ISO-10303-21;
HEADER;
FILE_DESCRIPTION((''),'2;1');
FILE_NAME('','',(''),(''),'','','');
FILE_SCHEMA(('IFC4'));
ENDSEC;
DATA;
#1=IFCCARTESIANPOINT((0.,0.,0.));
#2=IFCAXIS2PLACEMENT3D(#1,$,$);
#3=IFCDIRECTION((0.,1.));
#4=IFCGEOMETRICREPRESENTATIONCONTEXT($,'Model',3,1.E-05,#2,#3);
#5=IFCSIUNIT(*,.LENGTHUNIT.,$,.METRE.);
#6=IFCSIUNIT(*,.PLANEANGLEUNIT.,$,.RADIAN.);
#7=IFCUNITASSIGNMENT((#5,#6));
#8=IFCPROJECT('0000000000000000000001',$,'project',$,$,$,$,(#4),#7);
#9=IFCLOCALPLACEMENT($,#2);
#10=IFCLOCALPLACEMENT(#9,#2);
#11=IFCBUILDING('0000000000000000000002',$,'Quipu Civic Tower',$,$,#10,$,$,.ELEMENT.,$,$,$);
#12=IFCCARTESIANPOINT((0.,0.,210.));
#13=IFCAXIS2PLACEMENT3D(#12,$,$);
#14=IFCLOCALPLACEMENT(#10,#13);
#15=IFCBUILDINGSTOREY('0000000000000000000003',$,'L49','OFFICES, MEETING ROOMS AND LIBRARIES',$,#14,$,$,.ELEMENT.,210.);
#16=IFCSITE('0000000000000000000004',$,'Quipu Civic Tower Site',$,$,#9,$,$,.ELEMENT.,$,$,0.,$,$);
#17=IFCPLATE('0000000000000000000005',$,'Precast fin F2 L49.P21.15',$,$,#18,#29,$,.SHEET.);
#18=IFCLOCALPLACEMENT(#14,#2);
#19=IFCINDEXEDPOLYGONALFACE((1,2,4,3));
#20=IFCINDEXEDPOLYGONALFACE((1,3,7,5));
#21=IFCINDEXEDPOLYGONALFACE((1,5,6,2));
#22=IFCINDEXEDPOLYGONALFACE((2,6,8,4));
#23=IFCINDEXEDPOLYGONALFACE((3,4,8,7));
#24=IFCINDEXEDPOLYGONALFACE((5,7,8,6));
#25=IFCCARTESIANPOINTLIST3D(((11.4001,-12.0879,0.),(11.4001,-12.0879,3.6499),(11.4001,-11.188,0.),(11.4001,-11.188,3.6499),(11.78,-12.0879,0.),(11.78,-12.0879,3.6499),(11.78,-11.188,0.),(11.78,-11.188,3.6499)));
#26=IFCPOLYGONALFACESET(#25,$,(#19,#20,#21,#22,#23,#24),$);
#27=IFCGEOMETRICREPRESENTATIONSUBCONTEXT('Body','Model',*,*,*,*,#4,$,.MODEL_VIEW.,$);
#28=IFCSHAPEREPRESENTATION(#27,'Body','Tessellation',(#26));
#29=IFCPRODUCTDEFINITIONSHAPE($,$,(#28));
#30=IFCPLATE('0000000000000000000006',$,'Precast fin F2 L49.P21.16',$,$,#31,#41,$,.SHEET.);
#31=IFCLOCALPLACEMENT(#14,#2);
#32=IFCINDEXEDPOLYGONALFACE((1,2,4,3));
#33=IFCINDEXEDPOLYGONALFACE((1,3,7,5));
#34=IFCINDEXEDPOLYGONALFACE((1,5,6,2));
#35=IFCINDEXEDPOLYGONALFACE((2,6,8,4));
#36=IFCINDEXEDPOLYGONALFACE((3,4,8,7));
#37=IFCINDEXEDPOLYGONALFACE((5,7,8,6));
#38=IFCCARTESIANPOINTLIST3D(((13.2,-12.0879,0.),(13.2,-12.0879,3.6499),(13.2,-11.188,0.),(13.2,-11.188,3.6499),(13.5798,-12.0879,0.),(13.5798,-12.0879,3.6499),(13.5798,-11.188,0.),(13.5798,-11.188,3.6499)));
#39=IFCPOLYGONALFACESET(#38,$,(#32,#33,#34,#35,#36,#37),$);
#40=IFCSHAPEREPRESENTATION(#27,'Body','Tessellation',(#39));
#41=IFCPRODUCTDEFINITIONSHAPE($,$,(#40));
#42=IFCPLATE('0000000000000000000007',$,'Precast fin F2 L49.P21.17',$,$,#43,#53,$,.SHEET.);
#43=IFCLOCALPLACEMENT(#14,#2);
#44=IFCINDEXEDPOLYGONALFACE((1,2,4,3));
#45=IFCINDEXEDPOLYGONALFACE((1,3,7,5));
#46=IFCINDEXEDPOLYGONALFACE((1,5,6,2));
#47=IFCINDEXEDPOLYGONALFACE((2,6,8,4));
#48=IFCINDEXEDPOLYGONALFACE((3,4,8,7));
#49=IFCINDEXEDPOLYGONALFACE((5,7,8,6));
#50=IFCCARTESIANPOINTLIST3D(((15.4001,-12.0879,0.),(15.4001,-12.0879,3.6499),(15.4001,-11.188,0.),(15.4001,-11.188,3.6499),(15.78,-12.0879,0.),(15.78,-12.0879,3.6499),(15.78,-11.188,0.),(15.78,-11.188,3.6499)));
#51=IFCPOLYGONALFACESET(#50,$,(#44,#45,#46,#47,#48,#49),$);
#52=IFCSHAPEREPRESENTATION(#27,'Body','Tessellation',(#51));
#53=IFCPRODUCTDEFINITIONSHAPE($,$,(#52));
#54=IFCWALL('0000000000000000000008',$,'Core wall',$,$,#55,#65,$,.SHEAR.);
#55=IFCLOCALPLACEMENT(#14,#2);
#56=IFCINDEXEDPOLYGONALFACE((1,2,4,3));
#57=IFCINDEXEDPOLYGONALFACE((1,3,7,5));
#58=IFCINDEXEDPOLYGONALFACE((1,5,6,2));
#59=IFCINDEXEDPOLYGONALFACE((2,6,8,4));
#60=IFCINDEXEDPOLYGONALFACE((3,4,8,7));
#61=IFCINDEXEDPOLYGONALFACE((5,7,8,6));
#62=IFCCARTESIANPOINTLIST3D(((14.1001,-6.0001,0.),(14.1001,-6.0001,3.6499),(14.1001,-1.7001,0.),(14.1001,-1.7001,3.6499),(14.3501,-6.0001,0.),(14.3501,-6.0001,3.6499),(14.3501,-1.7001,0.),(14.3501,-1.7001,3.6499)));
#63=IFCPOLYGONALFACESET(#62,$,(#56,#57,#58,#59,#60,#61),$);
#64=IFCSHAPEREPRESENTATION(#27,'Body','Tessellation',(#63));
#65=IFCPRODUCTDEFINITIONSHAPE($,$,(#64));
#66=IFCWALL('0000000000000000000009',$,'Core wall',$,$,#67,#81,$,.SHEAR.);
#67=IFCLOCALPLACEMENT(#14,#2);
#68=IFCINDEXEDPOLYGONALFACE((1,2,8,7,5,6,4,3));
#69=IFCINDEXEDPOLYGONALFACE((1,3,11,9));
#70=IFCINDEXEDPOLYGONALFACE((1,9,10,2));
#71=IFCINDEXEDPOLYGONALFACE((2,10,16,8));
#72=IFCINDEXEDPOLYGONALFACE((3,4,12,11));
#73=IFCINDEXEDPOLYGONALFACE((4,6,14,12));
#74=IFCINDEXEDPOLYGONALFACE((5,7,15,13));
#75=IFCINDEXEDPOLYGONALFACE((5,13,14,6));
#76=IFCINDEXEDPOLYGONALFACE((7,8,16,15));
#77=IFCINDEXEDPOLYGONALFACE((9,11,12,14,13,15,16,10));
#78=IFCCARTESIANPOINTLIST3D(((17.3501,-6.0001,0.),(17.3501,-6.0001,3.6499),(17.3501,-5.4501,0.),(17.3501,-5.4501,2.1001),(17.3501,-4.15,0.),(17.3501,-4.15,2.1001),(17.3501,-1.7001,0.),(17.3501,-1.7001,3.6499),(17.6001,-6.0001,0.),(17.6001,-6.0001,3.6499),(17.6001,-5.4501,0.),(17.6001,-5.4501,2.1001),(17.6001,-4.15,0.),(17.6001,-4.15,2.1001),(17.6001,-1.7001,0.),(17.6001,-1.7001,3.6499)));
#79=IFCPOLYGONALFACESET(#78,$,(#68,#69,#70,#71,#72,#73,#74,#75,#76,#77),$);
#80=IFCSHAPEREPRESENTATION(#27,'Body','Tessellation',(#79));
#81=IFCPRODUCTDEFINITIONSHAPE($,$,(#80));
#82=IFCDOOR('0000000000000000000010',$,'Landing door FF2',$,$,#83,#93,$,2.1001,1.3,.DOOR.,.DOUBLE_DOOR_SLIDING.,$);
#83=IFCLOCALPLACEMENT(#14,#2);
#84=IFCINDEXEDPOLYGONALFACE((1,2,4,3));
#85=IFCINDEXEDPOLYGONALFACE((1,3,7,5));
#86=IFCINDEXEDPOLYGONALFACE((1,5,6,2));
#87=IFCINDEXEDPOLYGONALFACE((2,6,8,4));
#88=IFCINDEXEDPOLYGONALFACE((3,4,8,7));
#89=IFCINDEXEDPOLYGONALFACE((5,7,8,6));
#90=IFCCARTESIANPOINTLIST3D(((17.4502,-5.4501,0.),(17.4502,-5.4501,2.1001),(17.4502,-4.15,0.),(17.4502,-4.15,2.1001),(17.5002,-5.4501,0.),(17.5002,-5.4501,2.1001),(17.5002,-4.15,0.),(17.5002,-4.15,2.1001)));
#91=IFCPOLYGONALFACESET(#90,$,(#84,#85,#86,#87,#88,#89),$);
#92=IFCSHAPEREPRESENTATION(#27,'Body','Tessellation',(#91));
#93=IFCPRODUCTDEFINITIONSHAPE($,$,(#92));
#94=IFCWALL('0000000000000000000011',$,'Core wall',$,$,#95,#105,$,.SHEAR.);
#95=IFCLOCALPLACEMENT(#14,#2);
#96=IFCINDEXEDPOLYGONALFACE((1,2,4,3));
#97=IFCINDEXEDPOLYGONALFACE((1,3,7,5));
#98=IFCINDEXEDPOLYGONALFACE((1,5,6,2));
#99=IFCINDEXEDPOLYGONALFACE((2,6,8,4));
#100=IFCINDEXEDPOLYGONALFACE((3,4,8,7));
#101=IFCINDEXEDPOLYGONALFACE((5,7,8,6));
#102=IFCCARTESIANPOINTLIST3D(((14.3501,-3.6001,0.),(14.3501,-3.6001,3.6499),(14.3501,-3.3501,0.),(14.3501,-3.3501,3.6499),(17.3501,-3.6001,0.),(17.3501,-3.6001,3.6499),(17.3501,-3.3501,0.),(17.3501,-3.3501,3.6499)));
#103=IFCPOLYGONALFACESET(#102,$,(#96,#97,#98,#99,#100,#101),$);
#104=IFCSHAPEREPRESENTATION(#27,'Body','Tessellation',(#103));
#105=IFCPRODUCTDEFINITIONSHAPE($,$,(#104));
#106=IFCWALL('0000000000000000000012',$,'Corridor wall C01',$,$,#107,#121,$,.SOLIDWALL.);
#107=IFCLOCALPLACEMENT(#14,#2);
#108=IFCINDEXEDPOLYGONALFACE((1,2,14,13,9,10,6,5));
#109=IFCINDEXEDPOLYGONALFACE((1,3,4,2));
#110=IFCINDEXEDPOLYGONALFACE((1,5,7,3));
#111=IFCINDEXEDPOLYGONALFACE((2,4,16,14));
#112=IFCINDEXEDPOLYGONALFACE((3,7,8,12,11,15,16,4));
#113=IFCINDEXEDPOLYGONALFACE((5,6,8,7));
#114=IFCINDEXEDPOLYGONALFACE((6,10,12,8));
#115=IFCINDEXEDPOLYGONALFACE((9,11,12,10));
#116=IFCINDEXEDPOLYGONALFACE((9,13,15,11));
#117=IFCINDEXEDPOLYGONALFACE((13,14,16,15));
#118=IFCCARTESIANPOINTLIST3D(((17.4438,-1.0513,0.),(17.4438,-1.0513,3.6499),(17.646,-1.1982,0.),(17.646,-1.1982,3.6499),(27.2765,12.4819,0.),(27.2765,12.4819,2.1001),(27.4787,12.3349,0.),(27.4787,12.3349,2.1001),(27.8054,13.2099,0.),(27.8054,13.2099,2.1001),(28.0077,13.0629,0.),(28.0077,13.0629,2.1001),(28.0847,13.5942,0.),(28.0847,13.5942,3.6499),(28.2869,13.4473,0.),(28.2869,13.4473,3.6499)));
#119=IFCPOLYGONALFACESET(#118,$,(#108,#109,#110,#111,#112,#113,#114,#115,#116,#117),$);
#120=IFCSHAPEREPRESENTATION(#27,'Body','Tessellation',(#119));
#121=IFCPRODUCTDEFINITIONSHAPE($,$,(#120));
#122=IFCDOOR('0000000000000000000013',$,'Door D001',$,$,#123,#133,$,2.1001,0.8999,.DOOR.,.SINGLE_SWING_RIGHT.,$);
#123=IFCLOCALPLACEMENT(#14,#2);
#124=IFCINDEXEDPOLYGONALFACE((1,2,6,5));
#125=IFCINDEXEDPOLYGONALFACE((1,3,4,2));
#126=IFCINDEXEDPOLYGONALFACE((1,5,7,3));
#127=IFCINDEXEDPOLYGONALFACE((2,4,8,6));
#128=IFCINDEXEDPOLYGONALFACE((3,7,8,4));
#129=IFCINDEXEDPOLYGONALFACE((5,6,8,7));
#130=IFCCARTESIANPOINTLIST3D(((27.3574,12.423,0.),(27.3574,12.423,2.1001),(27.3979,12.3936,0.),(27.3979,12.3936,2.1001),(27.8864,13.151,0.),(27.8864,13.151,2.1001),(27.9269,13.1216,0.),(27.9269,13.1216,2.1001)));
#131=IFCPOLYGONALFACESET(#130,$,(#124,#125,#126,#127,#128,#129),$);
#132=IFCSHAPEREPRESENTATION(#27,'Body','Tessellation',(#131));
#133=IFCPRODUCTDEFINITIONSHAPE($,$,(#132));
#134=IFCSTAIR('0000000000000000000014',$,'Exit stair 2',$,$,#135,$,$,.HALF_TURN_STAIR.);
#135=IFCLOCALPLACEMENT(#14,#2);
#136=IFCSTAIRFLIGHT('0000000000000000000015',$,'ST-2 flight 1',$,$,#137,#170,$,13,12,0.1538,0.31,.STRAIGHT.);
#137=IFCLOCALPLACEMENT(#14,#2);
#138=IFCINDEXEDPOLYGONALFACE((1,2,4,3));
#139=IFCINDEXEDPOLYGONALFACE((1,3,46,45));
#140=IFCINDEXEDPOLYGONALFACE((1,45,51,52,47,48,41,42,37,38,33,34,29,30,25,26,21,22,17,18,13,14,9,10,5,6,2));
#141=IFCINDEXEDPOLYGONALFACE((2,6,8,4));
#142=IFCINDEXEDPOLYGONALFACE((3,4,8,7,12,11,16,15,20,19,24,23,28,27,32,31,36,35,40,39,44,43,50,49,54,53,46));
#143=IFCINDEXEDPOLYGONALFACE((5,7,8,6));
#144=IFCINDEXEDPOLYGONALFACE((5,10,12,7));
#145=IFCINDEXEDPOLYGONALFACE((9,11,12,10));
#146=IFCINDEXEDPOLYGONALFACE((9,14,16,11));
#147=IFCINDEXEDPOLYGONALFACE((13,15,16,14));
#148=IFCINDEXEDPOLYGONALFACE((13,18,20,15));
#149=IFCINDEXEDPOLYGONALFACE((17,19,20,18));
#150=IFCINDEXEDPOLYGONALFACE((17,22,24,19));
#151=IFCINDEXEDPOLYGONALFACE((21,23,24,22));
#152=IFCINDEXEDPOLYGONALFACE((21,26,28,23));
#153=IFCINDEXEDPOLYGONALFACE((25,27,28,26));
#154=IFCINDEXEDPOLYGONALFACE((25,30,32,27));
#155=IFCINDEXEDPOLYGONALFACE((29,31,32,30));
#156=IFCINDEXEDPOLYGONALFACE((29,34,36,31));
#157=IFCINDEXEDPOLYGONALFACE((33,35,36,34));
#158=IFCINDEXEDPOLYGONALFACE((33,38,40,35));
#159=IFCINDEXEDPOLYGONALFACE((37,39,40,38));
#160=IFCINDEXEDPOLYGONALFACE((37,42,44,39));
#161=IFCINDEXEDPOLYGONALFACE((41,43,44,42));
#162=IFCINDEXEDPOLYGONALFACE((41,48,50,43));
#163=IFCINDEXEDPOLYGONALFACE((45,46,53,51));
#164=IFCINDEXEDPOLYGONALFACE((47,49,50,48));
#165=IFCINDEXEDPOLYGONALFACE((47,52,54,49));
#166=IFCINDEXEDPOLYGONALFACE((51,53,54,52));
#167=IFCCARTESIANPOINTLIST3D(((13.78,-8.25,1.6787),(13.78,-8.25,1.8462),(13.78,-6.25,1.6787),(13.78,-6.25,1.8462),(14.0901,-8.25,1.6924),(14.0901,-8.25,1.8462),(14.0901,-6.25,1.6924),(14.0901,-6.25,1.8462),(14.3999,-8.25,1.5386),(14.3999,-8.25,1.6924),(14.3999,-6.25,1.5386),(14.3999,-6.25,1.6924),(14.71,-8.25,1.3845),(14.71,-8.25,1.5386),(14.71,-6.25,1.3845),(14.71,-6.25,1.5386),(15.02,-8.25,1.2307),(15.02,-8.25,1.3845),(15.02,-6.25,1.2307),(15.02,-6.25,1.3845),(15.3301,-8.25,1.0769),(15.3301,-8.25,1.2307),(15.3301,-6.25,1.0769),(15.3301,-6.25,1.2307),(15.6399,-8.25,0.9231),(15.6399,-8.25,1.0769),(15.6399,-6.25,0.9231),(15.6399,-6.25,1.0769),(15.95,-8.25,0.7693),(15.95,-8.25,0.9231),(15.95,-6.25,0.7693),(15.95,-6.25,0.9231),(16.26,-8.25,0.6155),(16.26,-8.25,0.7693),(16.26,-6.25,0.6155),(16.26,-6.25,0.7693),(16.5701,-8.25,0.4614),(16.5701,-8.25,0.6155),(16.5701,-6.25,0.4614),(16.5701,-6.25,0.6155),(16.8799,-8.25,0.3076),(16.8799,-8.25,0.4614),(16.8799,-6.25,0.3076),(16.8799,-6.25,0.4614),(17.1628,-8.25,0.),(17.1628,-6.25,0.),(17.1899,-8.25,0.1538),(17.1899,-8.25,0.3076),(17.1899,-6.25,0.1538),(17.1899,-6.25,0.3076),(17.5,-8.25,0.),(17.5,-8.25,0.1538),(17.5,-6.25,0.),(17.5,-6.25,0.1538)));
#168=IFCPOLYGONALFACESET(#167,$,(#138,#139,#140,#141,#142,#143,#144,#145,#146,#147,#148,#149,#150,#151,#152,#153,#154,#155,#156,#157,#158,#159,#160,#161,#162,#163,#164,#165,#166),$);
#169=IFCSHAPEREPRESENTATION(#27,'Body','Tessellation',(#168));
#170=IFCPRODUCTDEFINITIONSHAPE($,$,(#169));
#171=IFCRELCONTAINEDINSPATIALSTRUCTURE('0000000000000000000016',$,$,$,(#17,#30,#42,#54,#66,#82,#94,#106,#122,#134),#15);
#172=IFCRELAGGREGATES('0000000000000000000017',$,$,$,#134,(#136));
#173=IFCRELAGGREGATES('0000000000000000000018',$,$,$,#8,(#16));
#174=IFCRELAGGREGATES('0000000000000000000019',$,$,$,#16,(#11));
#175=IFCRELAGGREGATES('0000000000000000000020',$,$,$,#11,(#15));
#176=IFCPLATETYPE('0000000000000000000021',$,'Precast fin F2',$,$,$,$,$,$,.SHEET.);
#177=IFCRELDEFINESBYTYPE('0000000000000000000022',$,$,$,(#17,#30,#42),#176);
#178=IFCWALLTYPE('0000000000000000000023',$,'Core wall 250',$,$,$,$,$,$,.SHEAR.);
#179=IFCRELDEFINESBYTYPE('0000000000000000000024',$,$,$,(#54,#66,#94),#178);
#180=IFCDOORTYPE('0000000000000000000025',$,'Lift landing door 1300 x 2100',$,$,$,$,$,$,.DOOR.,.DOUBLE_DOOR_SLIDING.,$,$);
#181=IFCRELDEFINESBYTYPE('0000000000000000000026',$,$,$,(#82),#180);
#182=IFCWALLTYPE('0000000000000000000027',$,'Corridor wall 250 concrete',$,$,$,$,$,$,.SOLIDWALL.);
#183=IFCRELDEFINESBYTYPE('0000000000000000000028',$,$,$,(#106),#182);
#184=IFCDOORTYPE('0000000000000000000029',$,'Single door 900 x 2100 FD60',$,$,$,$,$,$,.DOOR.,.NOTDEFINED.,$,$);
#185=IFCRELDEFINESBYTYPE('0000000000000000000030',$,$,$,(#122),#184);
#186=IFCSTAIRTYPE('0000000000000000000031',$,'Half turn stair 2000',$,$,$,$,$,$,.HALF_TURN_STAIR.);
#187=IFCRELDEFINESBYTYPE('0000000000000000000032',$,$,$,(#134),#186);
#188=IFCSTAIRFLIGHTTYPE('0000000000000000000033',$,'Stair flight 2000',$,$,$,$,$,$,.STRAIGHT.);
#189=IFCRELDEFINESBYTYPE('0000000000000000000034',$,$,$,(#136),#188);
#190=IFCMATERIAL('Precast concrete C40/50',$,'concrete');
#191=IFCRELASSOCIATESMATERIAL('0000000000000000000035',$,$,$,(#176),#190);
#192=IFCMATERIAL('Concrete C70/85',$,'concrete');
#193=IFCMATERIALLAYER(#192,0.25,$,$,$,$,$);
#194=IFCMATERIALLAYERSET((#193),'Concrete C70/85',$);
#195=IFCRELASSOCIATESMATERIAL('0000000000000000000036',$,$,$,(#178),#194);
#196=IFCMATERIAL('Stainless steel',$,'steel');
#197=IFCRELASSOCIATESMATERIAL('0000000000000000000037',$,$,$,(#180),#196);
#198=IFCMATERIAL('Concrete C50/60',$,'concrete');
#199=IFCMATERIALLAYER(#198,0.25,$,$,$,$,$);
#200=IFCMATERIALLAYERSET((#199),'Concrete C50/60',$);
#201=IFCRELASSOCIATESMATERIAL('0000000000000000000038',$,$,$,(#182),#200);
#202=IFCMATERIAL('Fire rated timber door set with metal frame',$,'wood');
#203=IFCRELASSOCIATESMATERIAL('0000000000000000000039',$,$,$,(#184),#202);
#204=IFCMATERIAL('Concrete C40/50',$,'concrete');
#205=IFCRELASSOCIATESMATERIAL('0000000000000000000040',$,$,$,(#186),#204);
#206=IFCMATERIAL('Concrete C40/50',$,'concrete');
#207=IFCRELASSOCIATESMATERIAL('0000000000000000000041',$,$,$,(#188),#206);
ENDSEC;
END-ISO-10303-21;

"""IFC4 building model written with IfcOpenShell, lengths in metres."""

from ifc_helpers import new_model, si_unit, direction, frame, frame_2d, origin, origin_2d, place, context, subcontext, project, spatial, polyline, rectangle, outline, extrude, material, layer, layer_set, type_object, element, fill, aggregate, save


model = new_model("IFC4")

# Units and contexts
model_context = context("Model", 3, precision=1e-05, world=origin(), true_north=direction((0.0, 1.0)))
body_context = subcontext(model_context, "Body", "Model", "MODEL_VIEW")
ifc_project = project(units=[si_unit("LENGTHUNIT", "METRE"), si_unit("PLANEANGLEUNIT", "RADIAN")], contexts=[model_context])

# Site, building, storey
site_placement = place(None, origin())
site = spatial("IfcSite", under=ifc_project, at=site_placement, Name="Quipu Civic Tower Site", CompositionType="ELEMENT", RefElevation=0.0)
building_placement = place(site_placement, origin())
building = spatial("IfcBuilding", under=site, at=building_placement, Name="Quipu Civic Tower", CompositionType="ELEMENT")
storey_placement = place(building_placement, frame((0.0, 0.0, 210.0)))
storey = spatial("IfcBuildingStorey", under=building, at=storey_placement, Name="L49", Description="OFFICES, MEETING ROOMS AND LIBRARIES", CompositionType="ELEMENT", Elevation=210.0)

# Plates
ifc_material_1 = material(Name="Precast concrete C40/50", Category="concrete")
plate_type = type_object("IfcPlateType", Name="Precast fin F2", PredefinedType="SHEET", material=ifc_material_1)
for number, where, z_axis, x_axis, name in (
    (1, (11.5901, -11.6379, 0.0), (0.0, 0.0, 1.0), (1.0, 0.0, 0.0), "Precast fin F2 L49.P21.15"),
    (2, (13.3899, -11.6379, 0.0), (0.0, 0.0, 1.0), (1.0, 0.0, 0.0), "Precast fin F2 L49.P21.16"),
    (3, (15.5901, -11.6379, 0.0), (0.0, 0.0, 1.0), (1.0, 0.0, 0.0), "Precast fin F2 L49.P21.17"),
):
    element("IfcPlate", number, at=place(storey_placement, frame(where, z_axis=z_axis, x_axis=x_axis)), inside=storey, type_object=plate_type, Name=name, PredefinedType="SHEET", context=body_context, shape_type="SweptSolid", body=[
        extrude(rectangle(XDim=0.3799, YDim=0.8999, at=origin_2d()), origin(), (0.0, 0.0, 1.0), 3.6499),
    ])

# Shared definitions
ifc_material_2 = material(Name="Concrete C70/85", Category="concrete")
ifc_layer_1 = layer(ifc_material_2, 0.25)
ifc_layer_set_1 = layer_set([ifc_layer_1], Name="Concrete C70/85")
wall_type_1 = type_object("IfcWallType", Name="Core wall 250", PredefinedType="SHEAR", material=ifc_layer_set_1)

# Wall
wall_1_placement = place(storey_placement, frame((14.2251, -6.0, 0.0), z_axis=(0.0, 0.0, 1.0), x_axis=(0.0, 1.0, 0.0)))
element("IfcWall", 4, at=wall_1_placement, inside=storey, type_object=wall_type_1, Name="Core wall", PredefinedType="SHEAR", context=body_context, shape_type="SweptSolid", body=[
    extrude(rectangle(XDim=4.3, YDim=0.25, at=frame_2d((2.1499, 0.0))), origin(), (0.0, 0.0, 1.0), 3.6499),
])

# Wall, opening, door
wall_2_placement = place(storey_placement, frame((17.4751, -6.0, 0.0), z_axis=(0.0, 0.0, 1.0), x_axis=(0.0, 1.0, 0.0)))
wall_2 = element("IfcWall", 5, at=wall_2_placement, inside=storey, type_object=wall_type_1, Name="Core wall", PredefinedType="SHEAR", context=body_context, shape_type="SweptSolid", body=[
    extrude(rectangle(XDim=4.3, YDim=0.25, at=frame_2d((2.1499, 0.0))), origin(), (0.0, 0.0, 1.0), 3.6499),
])
opening_1_placement = place(wall_2_placement, frame((0.55, 0.0, 0.0)))
opening_1 = element("IfcOpeningElement", 6, at=opening_1_placement, cuts=wall_2, PredefinedType="OPENING", context=body_context, shape_type="SweptSolid", body=[
    extrude(rectangle(XDim=1.3, YDim=2.1001, at=frame_2d((0.6499, 1.05))), frame((0.0, 0.135, 0.0), z_axis=(0.0, -1.0, 0.0), x_axis=(1.0, 0.0, 0.0)), (0.0, 0.0, 1.0), 0.27),
])
ifc_material_3 = material(Name="Stainless steel", Category="steel")
door_type_1 = type_object("IfcDoorType", Name="Lift landing door 1300 x 2100", OperationType="DOUBLE_DOOR_SLIDING", PredefinedType="DOOR", material=ifc_material_3)
door_1_placement = place(opening_1_placement, origin())
door_1 = element("IfcDoor", 7, at=door_1_placement, inside=storey, type_object=door_type_1, Name="Landing door FF2", OperationType="DOUBLE_DOOR_SLIDING", OverallHeight=2.1001, OverallWidth=1.3, PredefinedType="DOOR", context=body_context, shape_type="SweptSolid", body=[
    extrude(rectangle(XDim=1.3, YDim=2.1001, at=frame_2d((0.6499, 1.05))), frame((0.0, 0.0249, 0.0), z_axis=(0.0, -1.0, 0.0), x_axis=(1.0, 0.0, 0.0)), (0.0, 0.0, 1.0), 0.05),
])
fill(opening_1, door_1)

# Wall
wall_3_placement = place(storey_placement, frame((14.3501, -3.4751, 0.0), z_axis=(0.0, 0.0, 1.0), x_axis=(1.0, 0.0, 0.0)))
element("IfcWall", 8, at=wall_3_placement, inside=storey, type_object=wall_type_1, Name="Core wall", PredefinedType="SHEAR", context=body_context, shape_type="SweptSolid", body=[
    extrude(rectangle(XDim=3.0, YDim=0.25, at=frame_2d((1.5, 0.0))), origin(), (0.0, 0.0, 1.0), 3.6499),
])

# Wall, opening, door
ifc_material_4 = material(Name="Concrete C50/60", Category="concrete")
ifc_layer_2 = layer(ifc_material_4, 0.25)
ifc_layer_set_2 = layer_set([ifc_layer_2], Name="Concrete C50/60")
wall_type_2 = type_object("IfcWallType", Name="Corridor wall 250 concrete", PredefinedType="SOLIDWALL", material=ifc_layer_set_2)
wall_4_placement = place(storey_placement, frame((17.5449, -1.1248, 0.0), z_axis=(0.0, 0.0, 1.0), x_axis=(0.587796, 0.80901, 0.0)))
wall_4 = element("IfcWall", 9, at=wall_4_placement, inside=storey, type_object=wall_type_2, Name="Corridor wall C01", PredefinedType="SOLIDWALL", context=body_context, shape_type="SweptSolid", body=[
    extrude(rectangle(XDim=18.103, YDim=0.25, at=frame_2d((9.0515, 0.0))), origin(), (0.0, 0.0, 1.0), 3.6499),
])
opening_2_placement = place(wall_4_placement, frame((16.728, 0.0, 0.0)))
opening_2 = element("IfcOpeningElement", 10, at=opening_2_placement, cuts=wall_4, PredefinedType="OPENING", context=body_context, shape_type="SweptSolid", body=[
    extrude(rectangle(XDim=0.8999, YDim=2.1001, at=frame_2d((0.45, 1.05))), frame((0.0, 0.135, 0.0), z_axis=(0.0, -1.0, 0.0), x_axis=(1.0, 0.0, 0.0)), (0.0, 0.0, 1.0), 0.27),
])
ifc_material_5 = material(Name="Fire rated timber door set with metal frame", Category="wood")
door_type_2 = type_object("IfcDoorType", Name="Single door 900 x 2100 FD60", OperationType="NOTDEFINED", PredefinedType="DOOR", material=ifc_material_5)
door_2_placement = place(opening_2_placement, origin())
door_2 = element("IfcDoor", 11, at=door_2_placement, inside=storey, type_object=door_type_2, Name="Door D001", OperationType="SINGLE_SWING_RIGHT", OverallHeight=2.1001, OverallWidth=0.8999, PredefinedType="DOOR", context=body_context, shape_type="SweptSolid", body=[
    extrude(rectangle(XDim=0.8999, YDim=2.1001, at=frame_2d((0.45, 1.05))), frame((0.0, 0.0249, 0.0), z_axis=(0.0, -1.0, 0.0), x_axis=(1.0, 0.0, 0.0)), (0.0, 0.0, 1.0), 0.05),
])
fill(opening_2, door_2)

# Stair, stair flight
ifc_material_6 = material(Name="Concrete C40/50", Category="concrete")
stair_type = type_object("IfcStairType", Name="Half turn stair 2000", PredefinedType="HALF_TURN_STAIR", material=ifc_material_6)
stair_placement = place(storey_placement, origin())
stair = element("IfcStair", 12, at=stair_placement, inside=storey, type_object=stair_type, Name="Exit stair 2", PredefinedType="HALF_TURN_STAIR")
ifc_material_7 = material(Name="Concrete C40/50", Category="concrete")
stair_flight_type = type_object("IfcStairFlightType", Name="Stair flight 2000", PredefinedType="STRAIGHT", material=ifc_material_7)
stair_flight_1_placement = place(storey_placement, frame((17.5, -7.25, 0.0), z_axis=(0.0, 0.0, 1.0), x_axis=(-1.0, 0.0, 0.0)))
stair_flight_1 = element("IfcStairFlight", 13, at=stair_flight_1_placement, type_object=stair_flight_type, Name="ST-2 flight 1", NumberOfRisers=13, NumberOfTreads=12, PredefinedType="STRAIGHT", RiserHeight=0.1538, TreadLength=0.31, context=body_context, shape_type="SweptSolid", body=[
    extrude(outline(polyline([(0.0, 0.0), (0.0, 0.1538), (0.3101, 0.1538), (0.3101, 0.3076), (0.6201, 0.3076), (0.6201, 0.4614), (0.9299, 0.4614), (0.9299, 0.6155), (1.24, 0.6155), (1.24, 0.7693), (1.55, 0.7693), (1.55, 0.9231), (1.8601, 0.9231), (1.8601, 1.0769), (2.1699, 1.0769), (2.1699, 1.2307), (2.48, 1.2307), (2.48, 1.3845), (2.79, 1.3845), (2.79, 1.5386), (3.1001, 1.5386), (3.1001, 1.6924), (3.4099, 1.6924), (3.4099, 1.8462), (3.72, 1.8462), (3.72, 2.0), (3.72, 1.6787), (0.3372, 0.0), (0.0, 0.0)])), frame((0.0, 1.0, 0.0), z_axis=(0.0, -1.0, 0.0), x_axis=(1.0, 0.0, 0.0)), (0.0, 0.0, 1.0), 2.0),
])
aggregate(stair, [stair_flight_1])

save(model, "model.ifc")
